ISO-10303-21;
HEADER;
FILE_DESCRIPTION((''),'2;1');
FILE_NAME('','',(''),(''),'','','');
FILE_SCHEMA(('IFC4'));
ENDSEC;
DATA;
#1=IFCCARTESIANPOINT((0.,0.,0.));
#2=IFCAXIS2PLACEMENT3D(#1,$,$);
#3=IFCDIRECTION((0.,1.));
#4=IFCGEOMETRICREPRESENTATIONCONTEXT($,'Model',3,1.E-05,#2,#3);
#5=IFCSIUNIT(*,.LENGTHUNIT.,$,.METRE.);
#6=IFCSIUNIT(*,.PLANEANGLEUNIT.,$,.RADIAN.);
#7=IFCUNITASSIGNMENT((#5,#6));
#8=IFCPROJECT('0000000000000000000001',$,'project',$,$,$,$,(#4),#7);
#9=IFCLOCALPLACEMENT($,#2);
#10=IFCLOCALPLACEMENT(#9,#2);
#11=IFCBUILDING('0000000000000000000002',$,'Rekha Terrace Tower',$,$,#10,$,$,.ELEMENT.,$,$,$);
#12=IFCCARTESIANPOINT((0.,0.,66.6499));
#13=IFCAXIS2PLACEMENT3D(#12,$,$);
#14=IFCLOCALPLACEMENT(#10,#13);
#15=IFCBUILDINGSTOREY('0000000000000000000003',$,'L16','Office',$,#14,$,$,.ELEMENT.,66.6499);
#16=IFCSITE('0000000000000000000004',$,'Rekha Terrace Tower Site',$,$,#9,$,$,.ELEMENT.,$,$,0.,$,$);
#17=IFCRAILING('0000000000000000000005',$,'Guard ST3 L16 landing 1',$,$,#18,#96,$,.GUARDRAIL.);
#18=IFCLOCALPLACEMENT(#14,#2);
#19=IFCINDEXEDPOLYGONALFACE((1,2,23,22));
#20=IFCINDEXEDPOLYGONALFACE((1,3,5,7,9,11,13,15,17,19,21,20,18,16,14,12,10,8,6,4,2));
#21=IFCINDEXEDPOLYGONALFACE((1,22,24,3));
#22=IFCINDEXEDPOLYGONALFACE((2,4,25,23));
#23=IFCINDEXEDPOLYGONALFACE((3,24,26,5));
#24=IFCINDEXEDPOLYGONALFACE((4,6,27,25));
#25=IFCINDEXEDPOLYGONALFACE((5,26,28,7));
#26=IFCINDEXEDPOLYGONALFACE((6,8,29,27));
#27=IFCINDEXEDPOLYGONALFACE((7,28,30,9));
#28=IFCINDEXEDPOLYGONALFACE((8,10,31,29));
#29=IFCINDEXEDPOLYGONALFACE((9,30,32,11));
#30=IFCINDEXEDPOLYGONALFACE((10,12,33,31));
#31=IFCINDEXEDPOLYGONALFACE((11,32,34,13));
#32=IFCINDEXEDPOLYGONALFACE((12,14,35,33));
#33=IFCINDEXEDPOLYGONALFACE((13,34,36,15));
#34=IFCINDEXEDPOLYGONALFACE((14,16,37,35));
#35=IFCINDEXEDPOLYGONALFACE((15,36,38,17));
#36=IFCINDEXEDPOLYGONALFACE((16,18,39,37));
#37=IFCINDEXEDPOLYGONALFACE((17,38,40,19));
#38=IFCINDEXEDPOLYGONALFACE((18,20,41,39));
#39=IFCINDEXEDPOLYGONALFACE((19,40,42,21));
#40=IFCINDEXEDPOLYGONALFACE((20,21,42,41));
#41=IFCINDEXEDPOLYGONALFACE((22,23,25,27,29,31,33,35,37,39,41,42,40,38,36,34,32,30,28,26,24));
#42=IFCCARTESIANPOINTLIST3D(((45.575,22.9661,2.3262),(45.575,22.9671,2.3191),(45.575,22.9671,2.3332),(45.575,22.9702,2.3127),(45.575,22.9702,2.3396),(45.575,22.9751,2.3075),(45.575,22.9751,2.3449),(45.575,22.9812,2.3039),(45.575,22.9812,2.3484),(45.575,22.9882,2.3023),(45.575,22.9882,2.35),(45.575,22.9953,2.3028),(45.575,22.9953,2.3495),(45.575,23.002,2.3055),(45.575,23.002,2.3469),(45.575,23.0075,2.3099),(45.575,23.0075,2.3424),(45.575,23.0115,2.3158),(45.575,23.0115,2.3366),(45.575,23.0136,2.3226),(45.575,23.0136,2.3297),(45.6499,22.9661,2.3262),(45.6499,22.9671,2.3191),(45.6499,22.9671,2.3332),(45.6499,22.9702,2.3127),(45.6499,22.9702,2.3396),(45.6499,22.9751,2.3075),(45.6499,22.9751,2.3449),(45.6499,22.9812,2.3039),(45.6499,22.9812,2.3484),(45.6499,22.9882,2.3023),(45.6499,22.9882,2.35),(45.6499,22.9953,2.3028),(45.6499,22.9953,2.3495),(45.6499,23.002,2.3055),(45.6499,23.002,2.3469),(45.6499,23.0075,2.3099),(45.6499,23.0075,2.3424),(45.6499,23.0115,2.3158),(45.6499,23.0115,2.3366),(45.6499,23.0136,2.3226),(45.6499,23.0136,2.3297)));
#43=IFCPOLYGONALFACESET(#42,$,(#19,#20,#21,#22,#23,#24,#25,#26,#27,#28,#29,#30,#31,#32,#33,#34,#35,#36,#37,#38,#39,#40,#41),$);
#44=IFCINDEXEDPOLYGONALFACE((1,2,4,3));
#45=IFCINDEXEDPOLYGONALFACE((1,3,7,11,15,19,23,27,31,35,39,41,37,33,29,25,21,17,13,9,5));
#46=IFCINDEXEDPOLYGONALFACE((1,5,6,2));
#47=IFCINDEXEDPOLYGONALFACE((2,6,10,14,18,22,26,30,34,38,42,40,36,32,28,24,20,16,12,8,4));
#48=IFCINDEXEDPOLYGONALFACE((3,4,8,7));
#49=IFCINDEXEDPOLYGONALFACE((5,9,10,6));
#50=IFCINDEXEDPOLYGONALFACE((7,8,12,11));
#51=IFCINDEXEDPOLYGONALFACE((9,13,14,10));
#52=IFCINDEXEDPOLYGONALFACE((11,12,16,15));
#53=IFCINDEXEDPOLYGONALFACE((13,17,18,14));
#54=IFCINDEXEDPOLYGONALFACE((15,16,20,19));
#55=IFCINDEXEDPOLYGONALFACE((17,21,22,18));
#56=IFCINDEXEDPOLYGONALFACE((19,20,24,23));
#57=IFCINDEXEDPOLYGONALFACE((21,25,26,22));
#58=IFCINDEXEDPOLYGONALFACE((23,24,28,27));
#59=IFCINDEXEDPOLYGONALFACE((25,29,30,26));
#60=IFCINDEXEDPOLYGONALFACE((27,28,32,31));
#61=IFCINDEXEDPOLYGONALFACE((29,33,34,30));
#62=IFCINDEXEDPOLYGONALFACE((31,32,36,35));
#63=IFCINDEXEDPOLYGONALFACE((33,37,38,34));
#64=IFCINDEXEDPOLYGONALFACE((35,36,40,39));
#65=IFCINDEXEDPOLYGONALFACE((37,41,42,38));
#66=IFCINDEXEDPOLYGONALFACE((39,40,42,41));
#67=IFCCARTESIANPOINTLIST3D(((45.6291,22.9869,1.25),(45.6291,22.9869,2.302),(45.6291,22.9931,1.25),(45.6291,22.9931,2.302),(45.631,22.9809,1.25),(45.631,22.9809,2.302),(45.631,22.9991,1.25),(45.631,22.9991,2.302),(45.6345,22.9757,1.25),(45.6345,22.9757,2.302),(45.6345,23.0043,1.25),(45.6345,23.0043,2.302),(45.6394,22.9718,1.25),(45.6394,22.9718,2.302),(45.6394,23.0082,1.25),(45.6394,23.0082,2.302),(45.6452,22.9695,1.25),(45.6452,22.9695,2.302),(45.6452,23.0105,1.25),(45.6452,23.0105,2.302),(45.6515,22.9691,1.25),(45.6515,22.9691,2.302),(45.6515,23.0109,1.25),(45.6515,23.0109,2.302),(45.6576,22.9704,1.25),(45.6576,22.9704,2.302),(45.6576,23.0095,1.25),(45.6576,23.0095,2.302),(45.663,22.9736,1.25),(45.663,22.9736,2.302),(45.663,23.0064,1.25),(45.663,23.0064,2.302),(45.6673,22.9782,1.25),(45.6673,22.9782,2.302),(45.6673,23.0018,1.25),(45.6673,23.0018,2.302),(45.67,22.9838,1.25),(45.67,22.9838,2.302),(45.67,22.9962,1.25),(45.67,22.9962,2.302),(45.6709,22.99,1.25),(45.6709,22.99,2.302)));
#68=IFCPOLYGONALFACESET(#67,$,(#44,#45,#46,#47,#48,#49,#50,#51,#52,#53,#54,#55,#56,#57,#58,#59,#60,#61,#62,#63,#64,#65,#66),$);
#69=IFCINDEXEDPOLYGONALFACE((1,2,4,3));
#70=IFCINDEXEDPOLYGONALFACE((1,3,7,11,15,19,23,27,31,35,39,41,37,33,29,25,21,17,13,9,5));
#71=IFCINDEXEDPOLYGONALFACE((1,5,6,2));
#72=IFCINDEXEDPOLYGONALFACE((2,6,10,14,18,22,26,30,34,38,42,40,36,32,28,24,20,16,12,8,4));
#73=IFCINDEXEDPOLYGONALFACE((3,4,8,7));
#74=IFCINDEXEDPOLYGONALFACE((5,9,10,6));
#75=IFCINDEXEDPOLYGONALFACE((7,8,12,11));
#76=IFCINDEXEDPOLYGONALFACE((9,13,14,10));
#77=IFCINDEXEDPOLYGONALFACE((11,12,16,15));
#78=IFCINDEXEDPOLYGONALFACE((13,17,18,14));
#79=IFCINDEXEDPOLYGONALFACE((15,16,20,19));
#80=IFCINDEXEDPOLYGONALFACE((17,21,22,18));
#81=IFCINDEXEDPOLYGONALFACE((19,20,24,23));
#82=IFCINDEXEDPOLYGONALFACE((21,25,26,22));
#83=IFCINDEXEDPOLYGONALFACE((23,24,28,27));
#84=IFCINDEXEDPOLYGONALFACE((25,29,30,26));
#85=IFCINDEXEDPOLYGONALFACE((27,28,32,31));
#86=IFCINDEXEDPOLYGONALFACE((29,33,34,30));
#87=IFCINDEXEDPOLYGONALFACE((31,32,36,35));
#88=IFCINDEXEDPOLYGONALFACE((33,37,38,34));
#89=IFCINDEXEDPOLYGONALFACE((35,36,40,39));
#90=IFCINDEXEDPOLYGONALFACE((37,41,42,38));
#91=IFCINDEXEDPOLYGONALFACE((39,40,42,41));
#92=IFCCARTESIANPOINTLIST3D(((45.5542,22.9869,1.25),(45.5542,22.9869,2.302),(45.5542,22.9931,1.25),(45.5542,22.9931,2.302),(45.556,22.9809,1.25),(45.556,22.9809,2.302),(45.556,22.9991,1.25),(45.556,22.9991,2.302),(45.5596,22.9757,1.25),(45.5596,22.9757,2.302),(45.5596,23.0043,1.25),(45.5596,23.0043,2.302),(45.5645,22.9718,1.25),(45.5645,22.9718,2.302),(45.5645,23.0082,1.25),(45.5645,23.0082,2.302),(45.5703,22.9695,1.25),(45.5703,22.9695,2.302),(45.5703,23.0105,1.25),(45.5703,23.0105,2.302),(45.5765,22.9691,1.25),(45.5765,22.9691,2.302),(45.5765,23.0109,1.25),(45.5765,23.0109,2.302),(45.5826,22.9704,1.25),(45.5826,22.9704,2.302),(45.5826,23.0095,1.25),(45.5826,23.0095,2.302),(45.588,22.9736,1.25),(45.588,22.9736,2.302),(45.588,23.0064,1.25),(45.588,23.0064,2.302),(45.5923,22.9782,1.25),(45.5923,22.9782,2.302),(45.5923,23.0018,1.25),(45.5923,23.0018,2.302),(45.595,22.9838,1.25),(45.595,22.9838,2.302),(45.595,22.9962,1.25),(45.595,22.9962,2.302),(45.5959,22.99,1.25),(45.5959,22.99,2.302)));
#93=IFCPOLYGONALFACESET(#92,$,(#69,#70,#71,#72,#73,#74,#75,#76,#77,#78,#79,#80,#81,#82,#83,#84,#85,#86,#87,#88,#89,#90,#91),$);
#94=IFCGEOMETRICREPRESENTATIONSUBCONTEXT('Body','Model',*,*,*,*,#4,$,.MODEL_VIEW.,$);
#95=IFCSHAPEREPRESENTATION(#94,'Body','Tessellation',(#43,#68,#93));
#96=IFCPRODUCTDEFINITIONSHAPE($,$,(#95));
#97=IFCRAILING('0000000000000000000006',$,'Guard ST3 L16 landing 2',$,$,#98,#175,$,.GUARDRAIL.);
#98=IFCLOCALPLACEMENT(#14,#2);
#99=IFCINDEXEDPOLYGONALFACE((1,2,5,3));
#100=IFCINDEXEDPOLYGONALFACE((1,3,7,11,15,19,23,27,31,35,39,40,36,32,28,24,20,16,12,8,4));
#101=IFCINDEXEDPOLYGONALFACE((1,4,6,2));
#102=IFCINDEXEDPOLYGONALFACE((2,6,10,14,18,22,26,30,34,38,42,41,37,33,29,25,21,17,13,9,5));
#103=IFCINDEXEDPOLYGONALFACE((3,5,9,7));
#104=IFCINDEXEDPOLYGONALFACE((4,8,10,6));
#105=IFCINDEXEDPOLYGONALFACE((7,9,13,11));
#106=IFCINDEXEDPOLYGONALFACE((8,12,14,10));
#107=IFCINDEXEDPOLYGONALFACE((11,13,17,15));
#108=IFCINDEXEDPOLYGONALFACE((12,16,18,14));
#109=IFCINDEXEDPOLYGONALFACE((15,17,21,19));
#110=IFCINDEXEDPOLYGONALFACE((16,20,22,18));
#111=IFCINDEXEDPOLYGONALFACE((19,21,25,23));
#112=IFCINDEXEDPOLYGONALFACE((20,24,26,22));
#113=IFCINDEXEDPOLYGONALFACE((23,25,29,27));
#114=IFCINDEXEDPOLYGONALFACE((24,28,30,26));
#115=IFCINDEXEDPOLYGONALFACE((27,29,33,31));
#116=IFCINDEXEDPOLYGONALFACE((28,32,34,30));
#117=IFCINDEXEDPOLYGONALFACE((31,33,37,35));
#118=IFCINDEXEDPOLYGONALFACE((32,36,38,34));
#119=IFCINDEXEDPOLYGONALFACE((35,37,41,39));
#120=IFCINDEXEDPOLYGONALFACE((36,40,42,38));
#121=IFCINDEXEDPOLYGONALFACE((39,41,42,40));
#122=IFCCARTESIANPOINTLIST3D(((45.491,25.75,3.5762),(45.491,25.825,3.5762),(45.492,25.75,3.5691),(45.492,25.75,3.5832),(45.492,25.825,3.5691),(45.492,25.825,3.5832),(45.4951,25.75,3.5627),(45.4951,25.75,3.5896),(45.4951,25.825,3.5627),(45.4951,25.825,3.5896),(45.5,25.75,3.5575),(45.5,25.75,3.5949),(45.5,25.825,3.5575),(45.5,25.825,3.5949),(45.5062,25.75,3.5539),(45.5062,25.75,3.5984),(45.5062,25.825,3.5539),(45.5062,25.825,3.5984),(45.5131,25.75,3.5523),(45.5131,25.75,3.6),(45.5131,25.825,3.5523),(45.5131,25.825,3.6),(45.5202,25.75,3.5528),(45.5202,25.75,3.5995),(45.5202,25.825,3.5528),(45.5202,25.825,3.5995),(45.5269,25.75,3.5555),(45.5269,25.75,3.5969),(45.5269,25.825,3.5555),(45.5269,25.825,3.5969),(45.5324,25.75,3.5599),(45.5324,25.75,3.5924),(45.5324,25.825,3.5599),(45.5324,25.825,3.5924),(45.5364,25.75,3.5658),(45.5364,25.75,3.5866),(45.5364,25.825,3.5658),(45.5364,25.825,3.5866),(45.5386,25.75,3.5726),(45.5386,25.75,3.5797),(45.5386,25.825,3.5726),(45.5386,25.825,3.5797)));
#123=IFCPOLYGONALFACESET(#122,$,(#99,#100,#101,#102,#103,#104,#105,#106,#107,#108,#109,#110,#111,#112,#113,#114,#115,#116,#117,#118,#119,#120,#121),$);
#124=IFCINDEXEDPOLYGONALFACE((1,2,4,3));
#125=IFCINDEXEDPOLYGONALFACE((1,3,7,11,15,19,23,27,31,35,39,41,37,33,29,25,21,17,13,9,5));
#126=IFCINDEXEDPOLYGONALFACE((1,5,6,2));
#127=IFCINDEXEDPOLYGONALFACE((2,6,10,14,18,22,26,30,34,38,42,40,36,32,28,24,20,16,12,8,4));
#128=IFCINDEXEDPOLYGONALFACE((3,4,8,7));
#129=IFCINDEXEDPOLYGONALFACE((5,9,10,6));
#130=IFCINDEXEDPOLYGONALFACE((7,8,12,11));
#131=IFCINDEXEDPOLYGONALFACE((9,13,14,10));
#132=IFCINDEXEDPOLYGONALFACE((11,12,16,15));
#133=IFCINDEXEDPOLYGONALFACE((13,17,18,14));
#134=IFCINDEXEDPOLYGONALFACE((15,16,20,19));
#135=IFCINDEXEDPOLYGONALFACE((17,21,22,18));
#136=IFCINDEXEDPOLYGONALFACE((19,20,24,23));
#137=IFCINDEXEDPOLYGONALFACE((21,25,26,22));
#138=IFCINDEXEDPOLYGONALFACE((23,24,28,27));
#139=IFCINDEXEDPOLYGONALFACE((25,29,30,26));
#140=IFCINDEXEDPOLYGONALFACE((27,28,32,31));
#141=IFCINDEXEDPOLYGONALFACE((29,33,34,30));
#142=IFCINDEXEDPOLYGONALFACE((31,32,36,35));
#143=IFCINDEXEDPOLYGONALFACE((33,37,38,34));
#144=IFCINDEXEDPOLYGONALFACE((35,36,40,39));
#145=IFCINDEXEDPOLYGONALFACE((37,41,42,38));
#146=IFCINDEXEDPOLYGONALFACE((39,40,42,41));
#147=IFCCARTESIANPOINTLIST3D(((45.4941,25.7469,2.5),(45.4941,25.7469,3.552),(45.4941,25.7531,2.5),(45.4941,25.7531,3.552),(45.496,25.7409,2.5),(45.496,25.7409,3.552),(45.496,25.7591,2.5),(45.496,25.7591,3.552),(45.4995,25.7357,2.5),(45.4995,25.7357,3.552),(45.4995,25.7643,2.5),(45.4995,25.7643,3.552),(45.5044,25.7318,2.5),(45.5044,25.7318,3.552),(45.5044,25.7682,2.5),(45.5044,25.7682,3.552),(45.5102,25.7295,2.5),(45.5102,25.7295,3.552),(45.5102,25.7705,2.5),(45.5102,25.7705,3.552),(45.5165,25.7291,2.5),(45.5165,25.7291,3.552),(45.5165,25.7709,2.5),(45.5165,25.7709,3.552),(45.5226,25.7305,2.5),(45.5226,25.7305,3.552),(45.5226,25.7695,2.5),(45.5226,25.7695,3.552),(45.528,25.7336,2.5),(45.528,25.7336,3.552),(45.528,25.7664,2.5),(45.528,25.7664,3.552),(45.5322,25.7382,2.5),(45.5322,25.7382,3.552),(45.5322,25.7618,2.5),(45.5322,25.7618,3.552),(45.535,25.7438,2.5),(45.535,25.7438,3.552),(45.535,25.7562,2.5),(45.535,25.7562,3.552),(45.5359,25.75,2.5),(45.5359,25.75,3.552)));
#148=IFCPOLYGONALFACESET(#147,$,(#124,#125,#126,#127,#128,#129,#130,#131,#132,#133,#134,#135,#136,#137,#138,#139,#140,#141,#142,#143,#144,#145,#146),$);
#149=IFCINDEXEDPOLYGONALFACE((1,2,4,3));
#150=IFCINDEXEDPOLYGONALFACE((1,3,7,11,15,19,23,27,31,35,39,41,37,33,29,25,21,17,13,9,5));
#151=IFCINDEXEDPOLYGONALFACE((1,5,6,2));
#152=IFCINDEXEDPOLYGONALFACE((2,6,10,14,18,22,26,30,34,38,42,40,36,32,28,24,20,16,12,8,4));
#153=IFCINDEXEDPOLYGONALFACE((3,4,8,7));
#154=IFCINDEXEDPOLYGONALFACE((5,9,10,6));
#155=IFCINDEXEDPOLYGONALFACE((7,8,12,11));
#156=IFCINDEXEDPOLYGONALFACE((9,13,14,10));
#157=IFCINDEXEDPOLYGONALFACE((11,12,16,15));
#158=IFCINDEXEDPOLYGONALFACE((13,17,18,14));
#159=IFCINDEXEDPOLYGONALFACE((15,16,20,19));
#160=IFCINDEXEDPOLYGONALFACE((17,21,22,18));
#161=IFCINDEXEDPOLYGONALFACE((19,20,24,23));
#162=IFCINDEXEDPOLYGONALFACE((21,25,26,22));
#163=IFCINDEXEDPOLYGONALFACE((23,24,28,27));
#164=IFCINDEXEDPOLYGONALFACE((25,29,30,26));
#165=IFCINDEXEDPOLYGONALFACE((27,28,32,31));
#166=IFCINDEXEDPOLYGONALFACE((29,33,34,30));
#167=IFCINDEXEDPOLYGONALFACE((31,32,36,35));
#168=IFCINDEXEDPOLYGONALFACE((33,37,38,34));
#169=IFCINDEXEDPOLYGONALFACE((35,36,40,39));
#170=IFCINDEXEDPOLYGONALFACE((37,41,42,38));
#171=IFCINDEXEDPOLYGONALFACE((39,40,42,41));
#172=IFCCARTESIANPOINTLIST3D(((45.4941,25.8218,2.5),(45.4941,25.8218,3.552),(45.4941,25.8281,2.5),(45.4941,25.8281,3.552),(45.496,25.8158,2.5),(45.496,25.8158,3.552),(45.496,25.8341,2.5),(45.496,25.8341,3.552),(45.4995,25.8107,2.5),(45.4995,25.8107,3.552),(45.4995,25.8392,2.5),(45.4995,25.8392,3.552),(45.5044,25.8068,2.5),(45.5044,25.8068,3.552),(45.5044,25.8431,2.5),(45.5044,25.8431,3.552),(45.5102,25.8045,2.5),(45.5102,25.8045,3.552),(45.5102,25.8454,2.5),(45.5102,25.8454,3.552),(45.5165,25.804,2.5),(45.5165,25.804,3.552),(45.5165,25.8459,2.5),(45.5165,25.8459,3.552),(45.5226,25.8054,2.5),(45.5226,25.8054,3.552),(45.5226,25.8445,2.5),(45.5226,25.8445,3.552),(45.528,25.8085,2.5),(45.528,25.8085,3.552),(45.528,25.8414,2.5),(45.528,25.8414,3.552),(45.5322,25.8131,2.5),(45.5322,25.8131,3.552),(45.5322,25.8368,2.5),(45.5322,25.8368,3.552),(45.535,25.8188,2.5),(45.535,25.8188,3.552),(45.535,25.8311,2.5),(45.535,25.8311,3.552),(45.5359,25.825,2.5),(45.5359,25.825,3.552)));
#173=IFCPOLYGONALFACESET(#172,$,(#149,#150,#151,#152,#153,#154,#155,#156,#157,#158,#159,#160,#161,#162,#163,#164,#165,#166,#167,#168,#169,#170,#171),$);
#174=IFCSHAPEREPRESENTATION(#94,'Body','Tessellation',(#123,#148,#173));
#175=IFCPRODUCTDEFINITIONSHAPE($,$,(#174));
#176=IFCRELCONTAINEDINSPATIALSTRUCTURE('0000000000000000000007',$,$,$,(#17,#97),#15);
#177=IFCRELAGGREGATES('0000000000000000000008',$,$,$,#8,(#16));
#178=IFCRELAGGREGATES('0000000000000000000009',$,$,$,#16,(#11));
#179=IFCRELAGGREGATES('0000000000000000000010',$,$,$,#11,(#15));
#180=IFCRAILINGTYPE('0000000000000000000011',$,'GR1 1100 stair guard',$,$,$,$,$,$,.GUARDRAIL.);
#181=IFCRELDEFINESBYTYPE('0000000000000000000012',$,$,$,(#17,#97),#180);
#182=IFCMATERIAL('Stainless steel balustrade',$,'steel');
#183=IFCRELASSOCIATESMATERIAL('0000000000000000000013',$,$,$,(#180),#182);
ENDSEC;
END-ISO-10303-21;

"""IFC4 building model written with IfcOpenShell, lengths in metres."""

from ifc_helpers import new_model, si_unit, direction, frame, origin, origin_2d, place, context, subcontext, project, spatial, circle, extrude, material, type_object, element, save


model = new_model("IFC4")

# Units and contexts
model_context = context("Model", 3, precision=1e-05, world=origin(), true_north=direction((0.0, 1.0)))
body_context = subcontext(model_context, "Body", "Model", "MODEL_VIEW")
ifc_project = project(units=[si_unit("LENGTHUNIT", "METRE"), si_unit("PLANEANGLEUNIT", "RADIAN")], contexts=[model_context])

# Site, building, storey
site_placement = place(None, origin())
site = spatial("IfcSite", under=ifc_project, at=site_placement, Name="Rekha Terrace Tower Site", CompositionType="ELEMENT", RefElevation=0.0)
building_placement = place(site_placement, origin())
building = spatial("IfcBuilding", under=site, at=building_placement, Name="Rekha Terrace Tower", CompositionType="ELEMENT")
storey_placement = place(building_placement, frame((0.0, 0.0, 66.6499)))
storey = spatial("IfcBuildingStorey", under=building, at=storey_placement, Name="L16", Description="Office", CompositionType="ELEMENT", Elevation=66.6499)

# Railings
ifc_material_1 = material(Name="Stainless steel balustrade", Category="steel")
railing_type_1 = type_object("IfcRailingType", Name="GR1 1100 stair guard", PredefinedType="GUARDRAIL", material=ifc_material_1)
railing_1_placement = place(storey_placement, frame((45.6499, 22.99, 1.25)))
element("IfcRailing", 1, at=railing_1_placement, inside=storey, type_object=railing_type_1, Name="Guard ST3 L16 landing 1", PredefinedType="GUARDRAIL", context=body_context, shape_type="SweptSolid", body=[
    extrude(circle(Radius=0.0239, at=origin_2d()), frame((0.0, 0.0, 1.0762), z_axis=(-1.0, 0.0, 0.0), x_axis=(0.0, -1.0, 0.0)), (0.0, 0.0, 1.0), 0.075),
    extrude(circle(Radius=0.021, at=origin_2d()), origin(), (0.0, 0.0, 1.0), 1.052),
    extrude(circle(Radius=0.021, at=origin_2d()), frame((-0.075, 0.0, 0.0)), (0.0, 0.0, 1.0), 1.052),
])
railing_2_placement = place(storey_placement, frame((45.5149, 25.75, 2.5)))
element("IfcRailing", 2, at=railing_2_placement, inside=storey, type_object=railing_type_1, Name="Guard ST3 L16 landing 2", PredefinedType="GUARDRAIL", context=body_context, shape_type="SweptSolid", body=[
    extrude(circle(Radius=0.0239, at=origin_2d()), frame((0.0, 0.0, 1.0762), z_axis=(0.0, 1.0, 0.0), x_axis=(-1.0, 0.0, 0.0)), (0.0, 0.0, 1.0), 0.075),
    extrude(circle(Radius=0.021, at=origin_2d()), origin(), (0.0, 0.0, 1.0), 1.052),
    extrude(circle(Radius=0.021, at=origin_2d()), frame((0.0, 0.075, 0.0)), (0.0, 0.0, 1.0), 1.052),
])

save(model, "model.ifc")
